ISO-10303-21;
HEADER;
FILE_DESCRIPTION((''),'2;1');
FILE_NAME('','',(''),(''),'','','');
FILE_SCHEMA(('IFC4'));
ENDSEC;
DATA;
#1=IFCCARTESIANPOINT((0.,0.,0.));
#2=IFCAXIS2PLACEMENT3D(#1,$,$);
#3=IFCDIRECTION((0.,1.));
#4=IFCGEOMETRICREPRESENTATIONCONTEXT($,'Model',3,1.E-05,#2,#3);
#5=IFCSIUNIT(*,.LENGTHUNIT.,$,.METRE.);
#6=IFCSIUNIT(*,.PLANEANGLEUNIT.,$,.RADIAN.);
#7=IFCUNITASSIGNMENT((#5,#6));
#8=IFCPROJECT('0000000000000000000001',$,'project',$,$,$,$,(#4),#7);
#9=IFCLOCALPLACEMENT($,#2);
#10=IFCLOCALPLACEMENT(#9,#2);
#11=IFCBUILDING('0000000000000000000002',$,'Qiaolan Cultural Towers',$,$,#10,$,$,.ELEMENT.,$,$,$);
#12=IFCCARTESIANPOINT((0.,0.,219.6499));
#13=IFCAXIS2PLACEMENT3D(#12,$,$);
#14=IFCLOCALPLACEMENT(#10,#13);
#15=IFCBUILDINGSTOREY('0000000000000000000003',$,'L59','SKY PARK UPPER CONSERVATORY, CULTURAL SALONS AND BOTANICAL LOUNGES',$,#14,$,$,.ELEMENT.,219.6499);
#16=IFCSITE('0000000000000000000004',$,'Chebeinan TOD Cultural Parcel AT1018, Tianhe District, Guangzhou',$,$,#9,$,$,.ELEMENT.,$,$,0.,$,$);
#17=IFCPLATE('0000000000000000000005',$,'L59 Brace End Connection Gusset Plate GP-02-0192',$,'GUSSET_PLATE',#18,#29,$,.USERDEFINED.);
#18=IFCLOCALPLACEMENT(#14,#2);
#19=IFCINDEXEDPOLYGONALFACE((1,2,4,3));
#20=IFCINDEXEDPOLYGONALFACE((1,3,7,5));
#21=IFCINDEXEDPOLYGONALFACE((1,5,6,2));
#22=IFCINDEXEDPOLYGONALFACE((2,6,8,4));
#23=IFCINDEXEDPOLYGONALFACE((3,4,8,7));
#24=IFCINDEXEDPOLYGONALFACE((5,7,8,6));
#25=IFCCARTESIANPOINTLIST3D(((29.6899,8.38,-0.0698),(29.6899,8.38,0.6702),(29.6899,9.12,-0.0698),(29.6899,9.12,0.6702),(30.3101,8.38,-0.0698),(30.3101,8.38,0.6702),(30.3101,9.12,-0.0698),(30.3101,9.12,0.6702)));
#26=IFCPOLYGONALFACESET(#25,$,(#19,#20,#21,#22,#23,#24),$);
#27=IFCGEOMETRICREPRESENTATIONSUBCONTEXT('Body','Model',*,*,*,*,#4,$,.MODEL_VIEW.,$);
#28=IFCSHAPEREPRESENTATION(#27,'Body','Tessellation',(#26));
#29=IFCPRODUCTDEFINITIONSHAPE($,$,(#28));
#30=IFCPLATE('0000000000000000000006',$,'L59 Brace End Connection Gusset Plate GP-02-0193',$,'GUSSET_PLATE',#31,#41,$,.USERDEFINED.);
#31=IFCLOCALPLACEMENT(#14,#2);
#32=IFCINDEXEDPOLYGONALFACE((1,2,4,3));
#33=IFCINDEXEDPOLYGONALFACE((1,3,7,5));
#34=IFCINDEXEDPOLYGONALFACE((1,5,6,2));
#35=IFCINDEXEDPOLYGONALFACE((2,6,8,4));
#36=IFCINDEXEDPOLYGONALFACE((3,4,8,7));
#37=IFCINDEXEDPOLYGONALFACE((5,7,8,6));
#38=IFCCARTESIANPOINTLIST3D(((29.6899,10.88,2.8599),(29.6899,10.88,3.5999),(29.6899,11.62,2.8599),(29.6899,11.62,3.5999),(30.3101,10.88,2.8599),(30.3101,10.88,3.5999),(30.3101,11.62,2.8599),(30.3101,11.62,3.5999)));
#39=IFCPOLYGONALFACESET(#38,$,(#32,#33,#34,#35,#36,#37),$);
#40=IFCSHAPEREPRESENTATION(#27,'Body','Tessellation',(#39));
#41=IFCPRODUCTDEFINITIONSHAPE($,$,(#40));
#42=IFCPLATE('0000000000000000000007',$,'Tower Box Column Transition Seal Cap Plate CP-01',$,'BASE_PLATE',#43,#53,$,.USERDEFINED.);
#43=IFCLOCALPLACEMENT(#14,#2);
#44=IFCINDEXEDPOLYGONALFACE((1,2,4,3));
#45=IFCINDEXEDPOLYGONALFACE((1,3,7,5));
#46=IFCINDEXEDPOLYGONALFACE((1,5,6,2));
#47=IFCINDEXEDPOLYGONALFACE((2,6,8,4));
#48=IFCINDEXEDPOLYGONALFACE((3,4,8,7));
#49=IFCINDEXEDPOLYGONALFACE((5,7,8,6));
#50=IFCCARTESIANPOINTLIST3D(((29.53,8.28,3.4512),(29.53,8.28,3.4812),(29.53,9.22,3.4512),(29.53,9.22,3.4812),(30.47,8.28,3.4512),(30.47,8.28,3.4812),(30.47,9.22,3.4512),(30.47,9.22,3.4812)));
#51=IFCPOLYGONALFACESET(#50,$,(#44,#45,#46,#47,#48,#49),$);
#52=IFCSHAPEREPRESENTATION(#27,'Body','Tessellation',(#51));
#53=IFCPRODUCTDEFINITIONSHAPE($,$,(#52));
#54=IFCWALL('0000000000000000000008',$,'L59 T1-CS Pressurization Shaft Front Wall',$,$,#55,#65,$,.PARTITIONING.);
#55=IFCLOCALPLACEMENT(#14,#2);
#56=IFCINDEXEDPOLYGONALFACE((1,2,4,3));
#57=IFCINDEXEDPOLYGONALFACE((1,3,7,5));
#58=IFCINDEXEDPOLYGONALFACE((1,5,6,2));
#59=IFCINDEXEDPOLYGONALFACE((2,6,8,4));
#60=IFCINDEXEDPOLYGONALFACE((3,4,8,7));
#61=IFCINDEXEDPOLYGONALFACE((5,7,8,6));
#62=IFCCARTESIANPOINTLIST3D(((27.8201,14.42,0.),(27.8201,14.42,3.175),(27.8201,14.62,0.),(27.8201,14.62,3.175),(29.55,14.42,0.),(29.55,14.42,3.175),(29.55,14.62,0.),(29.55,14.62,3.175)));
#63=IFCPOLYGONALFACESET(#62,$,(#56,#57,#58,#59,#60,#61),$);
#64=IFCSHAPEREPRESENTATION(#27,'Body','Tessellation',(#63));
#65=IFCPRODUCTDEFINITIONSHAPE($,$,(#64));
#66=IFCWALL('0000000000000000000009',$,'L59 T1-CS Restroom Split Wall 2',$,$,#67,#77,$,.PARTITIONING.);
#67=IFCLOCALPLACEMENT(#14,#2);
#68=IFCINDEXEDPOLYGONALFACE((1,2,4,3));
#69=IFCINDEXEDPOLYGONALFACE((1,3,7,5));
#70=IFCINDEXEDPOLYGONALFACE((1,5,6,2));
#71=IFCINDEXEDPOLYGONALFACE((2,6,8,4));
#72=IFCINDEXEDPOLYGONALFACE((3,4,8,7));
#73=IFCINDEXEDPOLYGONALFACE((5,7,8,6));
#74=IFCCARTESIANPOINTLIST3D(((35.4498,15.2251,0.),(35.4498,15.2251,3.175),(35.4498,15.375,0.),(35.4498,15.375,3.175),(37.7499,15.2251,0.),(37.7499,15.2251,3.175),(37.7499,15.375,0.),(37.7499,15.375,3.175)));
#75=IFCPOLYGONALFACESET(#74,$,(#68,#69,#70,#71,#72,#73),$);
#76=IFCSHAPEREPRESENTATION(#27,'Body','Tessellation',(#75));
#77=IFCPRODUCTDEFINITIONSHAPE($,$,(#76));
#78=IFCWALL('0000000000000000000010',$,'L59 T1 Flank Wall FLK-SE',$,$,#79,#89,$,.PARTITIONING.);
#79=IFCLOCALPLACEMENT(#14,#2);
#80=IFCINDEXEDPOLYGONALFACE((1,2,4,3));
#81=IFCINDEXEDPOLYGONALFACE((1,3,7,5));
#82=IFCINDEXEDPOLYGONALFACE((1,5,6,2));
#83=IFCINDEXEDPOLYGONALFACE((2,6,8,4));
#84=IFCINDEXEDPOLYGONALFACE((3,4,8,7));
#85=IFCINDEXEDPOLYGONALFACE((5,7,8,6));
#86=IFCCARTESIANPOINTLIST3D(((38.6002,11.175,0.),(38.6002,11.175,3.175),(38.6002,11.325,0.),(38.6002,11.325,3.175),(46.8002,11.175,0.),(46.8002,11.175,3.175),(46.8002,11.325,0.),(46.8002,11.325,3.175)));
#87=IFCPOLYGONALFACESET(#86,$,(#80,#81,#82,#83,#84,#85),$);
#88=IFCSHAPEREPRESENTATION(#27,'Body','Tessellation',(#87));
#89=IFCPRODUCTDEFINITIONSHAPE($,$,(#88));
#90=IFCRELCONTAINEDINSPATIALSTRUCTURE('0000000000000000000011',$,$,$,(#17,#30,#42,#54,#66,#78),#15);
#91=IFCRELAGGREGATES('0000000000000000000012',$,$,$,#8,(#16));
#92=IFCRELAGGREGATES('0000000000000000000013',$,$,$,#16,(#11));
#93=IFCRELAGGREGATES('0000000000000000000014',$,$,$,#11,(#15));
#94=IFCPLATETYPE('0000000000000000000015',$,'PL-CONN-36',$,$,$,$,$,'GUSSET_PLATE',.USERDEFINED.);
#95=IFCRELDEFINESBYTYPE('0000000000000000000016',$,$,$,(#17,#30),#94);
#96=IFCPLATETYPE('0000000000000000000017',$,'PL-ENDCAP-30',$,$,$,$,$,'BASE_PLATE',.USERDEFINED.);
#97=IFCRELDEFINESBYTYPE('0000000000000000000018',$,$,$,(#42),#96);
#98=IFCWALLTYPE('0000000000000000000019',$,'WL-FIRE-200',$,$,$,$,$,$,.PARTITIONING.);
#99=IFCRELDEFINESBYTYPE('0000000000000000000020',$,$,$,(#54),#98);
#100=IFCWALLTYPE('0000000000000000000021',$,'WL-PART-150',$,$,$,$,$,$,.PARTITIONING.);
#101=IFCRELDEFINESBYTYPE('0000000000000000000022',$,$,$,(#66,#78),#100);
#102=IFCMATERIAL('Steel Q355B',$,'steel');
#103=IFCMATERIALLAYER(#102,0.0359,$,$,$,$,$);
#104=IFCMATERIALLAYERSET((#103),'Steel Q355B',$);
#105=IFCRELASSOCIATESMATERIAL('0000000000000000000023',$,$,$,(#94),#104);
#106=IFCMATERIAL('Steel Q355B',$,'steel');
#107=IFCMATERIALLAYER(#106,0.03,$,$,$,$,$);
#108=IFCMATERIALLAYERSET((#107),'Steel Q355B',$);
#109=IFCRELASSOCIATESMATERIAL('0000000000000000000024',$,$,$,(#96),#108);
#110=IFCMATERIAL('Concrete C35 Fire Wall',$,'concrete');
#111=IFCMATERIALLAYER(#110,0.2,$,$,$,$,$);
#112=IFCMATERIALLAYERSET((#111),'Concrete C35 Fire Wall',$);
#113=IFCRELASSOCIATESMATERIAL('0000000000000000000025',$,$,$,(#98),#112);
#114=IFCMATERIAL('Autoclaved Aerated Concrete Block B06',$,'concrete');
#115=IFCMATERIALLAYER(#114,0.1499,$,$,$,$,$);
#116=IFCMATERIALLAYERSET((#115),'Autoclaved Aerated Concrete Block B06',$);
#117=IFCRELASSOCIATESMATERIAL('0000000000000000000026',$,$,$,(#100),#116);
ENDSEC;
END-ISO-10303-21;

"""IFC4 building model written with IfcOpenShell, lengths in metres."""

from ifc_helpers import new_model, si_unit, direction, frame, frame_2d, origin, origin_2d, place, context, subcontext, project, spatial, rectangle, extrude, material, layer, layer_set, type_object, element, save


model = new_model("IFC4")

# Units and contexts
model_context = context("Model", 3, precision=1e-05, world=origin(), true_north=direction((0.0, 1.0)))
body_context = subcontext(model_context, "Body", "Model", "MODEL_VIEW")
ifc_project = project(units=[si_unit("LENGTHUNIT", "METRE"), si_unit("PLANEANGLEUNIT", "RADIAN")], contexts=[model_context])

# Site, building, storey
site_placement = place(None, origin())
site = spatial("IfcSite", under=ifc_project, at=site_placement, Name="Chebeinan TOD Cultural Parcel AT1018, Tianhe District, Guangzhou", CompositionType="ELEMENT", RefElevation=0.0)
building_placement = place(site_placement, origin())
building = spatial("IfcBuilding", under=site, at=building_placement, Name="Qiaolan Cultural Towers", CompositionType="ELEMENT")
storey_placement = place(building_placement, frame((0.0, 0.0, 219.6499)))
storey = spatial("IfcBuildingStorey", under=building, at=storey_placement, Name="L59", Description="SKY PARK UPPER CONSERVATORY, CULTURAL SALONS AND BOTANICAL LOUNGES", CompositionType="ELEMENT", Elevation=219.6499)

# Plates
ifc_material_1 = material(Name="Steel Q355B", Category="steel")
ifc_layer_1 = layer(ifc_material_1, 0.0359)
ifc_layer_set_1 = layer_set([ifc_layer_1], Name="Steel Q355B")
plate_type_1 = type_object("IfcPlateType", Name="PL-CONN-36", ElementType="GUSSET_PLATE", PredefinedType="USERDEFINED", material=ifc_layer_set_1)
for number, where, z_axis, x_axis, name in (
    (1, (30.0, 8.75, -0.0698), (0.0, 0.0, 1.0), (0.0, 1.0, 0.0), "L59 Brace End Connection Gusset Plate GP-02-0192"),
    (2, (30.0, 11.25, 2.8599), (0.0, 0.0, 1.0), (0.0, 1.0, 0.0), "L59 Brace End Connection Gusset Plate GP-02-0193"),
):
    element("IfcPlate", number, at=place(storey_placement, frame(where, z_axis=z_axis, x_axis=x_axis)), inside=storey, type_object=plate_type_1, Name=name, ObjectType="GUSSET_PLATE", PredefinedType="USERDEFINED", context=body_context, shape_type="SweptSolid", body=[
        extrude(rectangle(XDim=0.74, YDim=0.6201, at=origin_2d()), origin(), (0.0, 0.0, 1.0), 0.74),
    ])
ifc_material_2 = material(Name="Steel Q355B", Category="steel")
ifc_layer_2 = layer(ifc_material_2, 0.03)
ifc_layer_set_2 = layer_set([ifc_layer_2], Name="Steel Q355B")
plate_type_2 = type_object("IfcPlateType", Name="PL-ENDCAP-30", ElementType="BASE_PLATE", PredefinedType="USERDEFINED", material=ifc_layer_set_2)
plate_placement = place(storey_placement, frame((30.0, 8.75, 3.4512), z_axis=(0.0, 0.0, 1.0), x_axis=(1.0, 0.0, 0.0)))
element("IfcPlate", 3, at=plate_placement, inside=storey, type_object=plate_type_2, Name="Tower Box Column Transition Seal Cap Plate CP-01", ObjectType="BASE_PLATE", PredefinedType="USERDEFINED", context=body_context, shape_type="SweptSolid", body=[
    extrude(rectangle(XDim=0.9399, YDim=0.9399, at=origin_2d()), origin(), (0.0, 0.0, 1.0), 0.03),
])

# Walls
ifc_material_3 = material(Name="Concrete C35 Fire Wall", Category="concrete")
ifc_layer_3 = layer(ifc_material_3, 0.2)
ifc_layer_set_3 = layer_set([ifc_layer_3], Name="Concrete C35 Fire Wall")
wall_type_1 = type_object("IfcWallType", Name="WL-FIRE-200", PredefinedType="PARTITIONING", material=ifc_layer_set_3)
wall_1_placement = place(storey_placement, frame((27.8201, 14.52, 0.0), z_axis=(0.0, 0.0, 1.0), x_axis=(1.0, 0.0, 0.0)))
element("IfcWall", 4, at=wall_1_placement, inside=storey, type_object=wall_type_1, Name="L59 T1-CS Pressurization Shaft Front Wall", PredefinedType="PARTITIONING", context=body_context, shape_type="SweptSolid", body=[
    extrude(rectangle(XDim=1.73, YDim=0.2, at=frame_2d((0.865, 0.0))), origin(), (0.0, 0.0, 1.0), 3.175),
])
ifc_material_4 = material(Name="Autoclaved Aerated Concrete Block B06", Category="concrete")
ifc_layer_4 = layer(ifc_material_4, 0.1499)
ifc_layer_set_4 = layer_set([ifc_layer_4], Name="Autoclaved Aerated Concrete Block B06")
wall_type_2 = type_object("IfcWallType", Name="WL-PART-150", PredefinedType="PARTITIONING", material=ifc_layer_set_4)
wall_2_placement = place(storey_placement, frame((35.45, 15.3, 0.0), z_axis=(0.0, 0.0, 1.0), x_axis=(1.0, 0.0, 0.0)))
element("IfcWall", 5, at=wall_2_placement, inside=storey, type_object=wall_type_2, Name="L59 T1-CS Restroom Split Wall 2", PredefinedType="PARTITIONING", context=body_context, shape_type="SweptSolid", body=[
    extrude(rectangle(XDim=2.3, YDim=0.1499, at=frame_2d((1.1499, 0.0))), origin(), (0.0, 0.0, 1.0), 3.175),
])
wall_3_placement = place(storey_placement, frame((38.6001, 11.25, 0.0), z_axis=(0.0, 0.0, 1.0), x_axis=(1.0, 0.0, 0.0)))
element("IfcWall", 6, at=wall_3_placement, inside=storey, type_object=wall_type_2, Name="L59 T1 Flank Wall FLK-SE", PredefinedType="PARTITIONING", context=body_context, shape_type="SweptSolid", body=[
    extrude(rectangle(XDim=8.2, YDim=0.1499, at=frame_2d((4.1001, 0.0))), origin(), (0.0, 0.0, 1.0), 3.175),
])

save(model, "model.ifc")
